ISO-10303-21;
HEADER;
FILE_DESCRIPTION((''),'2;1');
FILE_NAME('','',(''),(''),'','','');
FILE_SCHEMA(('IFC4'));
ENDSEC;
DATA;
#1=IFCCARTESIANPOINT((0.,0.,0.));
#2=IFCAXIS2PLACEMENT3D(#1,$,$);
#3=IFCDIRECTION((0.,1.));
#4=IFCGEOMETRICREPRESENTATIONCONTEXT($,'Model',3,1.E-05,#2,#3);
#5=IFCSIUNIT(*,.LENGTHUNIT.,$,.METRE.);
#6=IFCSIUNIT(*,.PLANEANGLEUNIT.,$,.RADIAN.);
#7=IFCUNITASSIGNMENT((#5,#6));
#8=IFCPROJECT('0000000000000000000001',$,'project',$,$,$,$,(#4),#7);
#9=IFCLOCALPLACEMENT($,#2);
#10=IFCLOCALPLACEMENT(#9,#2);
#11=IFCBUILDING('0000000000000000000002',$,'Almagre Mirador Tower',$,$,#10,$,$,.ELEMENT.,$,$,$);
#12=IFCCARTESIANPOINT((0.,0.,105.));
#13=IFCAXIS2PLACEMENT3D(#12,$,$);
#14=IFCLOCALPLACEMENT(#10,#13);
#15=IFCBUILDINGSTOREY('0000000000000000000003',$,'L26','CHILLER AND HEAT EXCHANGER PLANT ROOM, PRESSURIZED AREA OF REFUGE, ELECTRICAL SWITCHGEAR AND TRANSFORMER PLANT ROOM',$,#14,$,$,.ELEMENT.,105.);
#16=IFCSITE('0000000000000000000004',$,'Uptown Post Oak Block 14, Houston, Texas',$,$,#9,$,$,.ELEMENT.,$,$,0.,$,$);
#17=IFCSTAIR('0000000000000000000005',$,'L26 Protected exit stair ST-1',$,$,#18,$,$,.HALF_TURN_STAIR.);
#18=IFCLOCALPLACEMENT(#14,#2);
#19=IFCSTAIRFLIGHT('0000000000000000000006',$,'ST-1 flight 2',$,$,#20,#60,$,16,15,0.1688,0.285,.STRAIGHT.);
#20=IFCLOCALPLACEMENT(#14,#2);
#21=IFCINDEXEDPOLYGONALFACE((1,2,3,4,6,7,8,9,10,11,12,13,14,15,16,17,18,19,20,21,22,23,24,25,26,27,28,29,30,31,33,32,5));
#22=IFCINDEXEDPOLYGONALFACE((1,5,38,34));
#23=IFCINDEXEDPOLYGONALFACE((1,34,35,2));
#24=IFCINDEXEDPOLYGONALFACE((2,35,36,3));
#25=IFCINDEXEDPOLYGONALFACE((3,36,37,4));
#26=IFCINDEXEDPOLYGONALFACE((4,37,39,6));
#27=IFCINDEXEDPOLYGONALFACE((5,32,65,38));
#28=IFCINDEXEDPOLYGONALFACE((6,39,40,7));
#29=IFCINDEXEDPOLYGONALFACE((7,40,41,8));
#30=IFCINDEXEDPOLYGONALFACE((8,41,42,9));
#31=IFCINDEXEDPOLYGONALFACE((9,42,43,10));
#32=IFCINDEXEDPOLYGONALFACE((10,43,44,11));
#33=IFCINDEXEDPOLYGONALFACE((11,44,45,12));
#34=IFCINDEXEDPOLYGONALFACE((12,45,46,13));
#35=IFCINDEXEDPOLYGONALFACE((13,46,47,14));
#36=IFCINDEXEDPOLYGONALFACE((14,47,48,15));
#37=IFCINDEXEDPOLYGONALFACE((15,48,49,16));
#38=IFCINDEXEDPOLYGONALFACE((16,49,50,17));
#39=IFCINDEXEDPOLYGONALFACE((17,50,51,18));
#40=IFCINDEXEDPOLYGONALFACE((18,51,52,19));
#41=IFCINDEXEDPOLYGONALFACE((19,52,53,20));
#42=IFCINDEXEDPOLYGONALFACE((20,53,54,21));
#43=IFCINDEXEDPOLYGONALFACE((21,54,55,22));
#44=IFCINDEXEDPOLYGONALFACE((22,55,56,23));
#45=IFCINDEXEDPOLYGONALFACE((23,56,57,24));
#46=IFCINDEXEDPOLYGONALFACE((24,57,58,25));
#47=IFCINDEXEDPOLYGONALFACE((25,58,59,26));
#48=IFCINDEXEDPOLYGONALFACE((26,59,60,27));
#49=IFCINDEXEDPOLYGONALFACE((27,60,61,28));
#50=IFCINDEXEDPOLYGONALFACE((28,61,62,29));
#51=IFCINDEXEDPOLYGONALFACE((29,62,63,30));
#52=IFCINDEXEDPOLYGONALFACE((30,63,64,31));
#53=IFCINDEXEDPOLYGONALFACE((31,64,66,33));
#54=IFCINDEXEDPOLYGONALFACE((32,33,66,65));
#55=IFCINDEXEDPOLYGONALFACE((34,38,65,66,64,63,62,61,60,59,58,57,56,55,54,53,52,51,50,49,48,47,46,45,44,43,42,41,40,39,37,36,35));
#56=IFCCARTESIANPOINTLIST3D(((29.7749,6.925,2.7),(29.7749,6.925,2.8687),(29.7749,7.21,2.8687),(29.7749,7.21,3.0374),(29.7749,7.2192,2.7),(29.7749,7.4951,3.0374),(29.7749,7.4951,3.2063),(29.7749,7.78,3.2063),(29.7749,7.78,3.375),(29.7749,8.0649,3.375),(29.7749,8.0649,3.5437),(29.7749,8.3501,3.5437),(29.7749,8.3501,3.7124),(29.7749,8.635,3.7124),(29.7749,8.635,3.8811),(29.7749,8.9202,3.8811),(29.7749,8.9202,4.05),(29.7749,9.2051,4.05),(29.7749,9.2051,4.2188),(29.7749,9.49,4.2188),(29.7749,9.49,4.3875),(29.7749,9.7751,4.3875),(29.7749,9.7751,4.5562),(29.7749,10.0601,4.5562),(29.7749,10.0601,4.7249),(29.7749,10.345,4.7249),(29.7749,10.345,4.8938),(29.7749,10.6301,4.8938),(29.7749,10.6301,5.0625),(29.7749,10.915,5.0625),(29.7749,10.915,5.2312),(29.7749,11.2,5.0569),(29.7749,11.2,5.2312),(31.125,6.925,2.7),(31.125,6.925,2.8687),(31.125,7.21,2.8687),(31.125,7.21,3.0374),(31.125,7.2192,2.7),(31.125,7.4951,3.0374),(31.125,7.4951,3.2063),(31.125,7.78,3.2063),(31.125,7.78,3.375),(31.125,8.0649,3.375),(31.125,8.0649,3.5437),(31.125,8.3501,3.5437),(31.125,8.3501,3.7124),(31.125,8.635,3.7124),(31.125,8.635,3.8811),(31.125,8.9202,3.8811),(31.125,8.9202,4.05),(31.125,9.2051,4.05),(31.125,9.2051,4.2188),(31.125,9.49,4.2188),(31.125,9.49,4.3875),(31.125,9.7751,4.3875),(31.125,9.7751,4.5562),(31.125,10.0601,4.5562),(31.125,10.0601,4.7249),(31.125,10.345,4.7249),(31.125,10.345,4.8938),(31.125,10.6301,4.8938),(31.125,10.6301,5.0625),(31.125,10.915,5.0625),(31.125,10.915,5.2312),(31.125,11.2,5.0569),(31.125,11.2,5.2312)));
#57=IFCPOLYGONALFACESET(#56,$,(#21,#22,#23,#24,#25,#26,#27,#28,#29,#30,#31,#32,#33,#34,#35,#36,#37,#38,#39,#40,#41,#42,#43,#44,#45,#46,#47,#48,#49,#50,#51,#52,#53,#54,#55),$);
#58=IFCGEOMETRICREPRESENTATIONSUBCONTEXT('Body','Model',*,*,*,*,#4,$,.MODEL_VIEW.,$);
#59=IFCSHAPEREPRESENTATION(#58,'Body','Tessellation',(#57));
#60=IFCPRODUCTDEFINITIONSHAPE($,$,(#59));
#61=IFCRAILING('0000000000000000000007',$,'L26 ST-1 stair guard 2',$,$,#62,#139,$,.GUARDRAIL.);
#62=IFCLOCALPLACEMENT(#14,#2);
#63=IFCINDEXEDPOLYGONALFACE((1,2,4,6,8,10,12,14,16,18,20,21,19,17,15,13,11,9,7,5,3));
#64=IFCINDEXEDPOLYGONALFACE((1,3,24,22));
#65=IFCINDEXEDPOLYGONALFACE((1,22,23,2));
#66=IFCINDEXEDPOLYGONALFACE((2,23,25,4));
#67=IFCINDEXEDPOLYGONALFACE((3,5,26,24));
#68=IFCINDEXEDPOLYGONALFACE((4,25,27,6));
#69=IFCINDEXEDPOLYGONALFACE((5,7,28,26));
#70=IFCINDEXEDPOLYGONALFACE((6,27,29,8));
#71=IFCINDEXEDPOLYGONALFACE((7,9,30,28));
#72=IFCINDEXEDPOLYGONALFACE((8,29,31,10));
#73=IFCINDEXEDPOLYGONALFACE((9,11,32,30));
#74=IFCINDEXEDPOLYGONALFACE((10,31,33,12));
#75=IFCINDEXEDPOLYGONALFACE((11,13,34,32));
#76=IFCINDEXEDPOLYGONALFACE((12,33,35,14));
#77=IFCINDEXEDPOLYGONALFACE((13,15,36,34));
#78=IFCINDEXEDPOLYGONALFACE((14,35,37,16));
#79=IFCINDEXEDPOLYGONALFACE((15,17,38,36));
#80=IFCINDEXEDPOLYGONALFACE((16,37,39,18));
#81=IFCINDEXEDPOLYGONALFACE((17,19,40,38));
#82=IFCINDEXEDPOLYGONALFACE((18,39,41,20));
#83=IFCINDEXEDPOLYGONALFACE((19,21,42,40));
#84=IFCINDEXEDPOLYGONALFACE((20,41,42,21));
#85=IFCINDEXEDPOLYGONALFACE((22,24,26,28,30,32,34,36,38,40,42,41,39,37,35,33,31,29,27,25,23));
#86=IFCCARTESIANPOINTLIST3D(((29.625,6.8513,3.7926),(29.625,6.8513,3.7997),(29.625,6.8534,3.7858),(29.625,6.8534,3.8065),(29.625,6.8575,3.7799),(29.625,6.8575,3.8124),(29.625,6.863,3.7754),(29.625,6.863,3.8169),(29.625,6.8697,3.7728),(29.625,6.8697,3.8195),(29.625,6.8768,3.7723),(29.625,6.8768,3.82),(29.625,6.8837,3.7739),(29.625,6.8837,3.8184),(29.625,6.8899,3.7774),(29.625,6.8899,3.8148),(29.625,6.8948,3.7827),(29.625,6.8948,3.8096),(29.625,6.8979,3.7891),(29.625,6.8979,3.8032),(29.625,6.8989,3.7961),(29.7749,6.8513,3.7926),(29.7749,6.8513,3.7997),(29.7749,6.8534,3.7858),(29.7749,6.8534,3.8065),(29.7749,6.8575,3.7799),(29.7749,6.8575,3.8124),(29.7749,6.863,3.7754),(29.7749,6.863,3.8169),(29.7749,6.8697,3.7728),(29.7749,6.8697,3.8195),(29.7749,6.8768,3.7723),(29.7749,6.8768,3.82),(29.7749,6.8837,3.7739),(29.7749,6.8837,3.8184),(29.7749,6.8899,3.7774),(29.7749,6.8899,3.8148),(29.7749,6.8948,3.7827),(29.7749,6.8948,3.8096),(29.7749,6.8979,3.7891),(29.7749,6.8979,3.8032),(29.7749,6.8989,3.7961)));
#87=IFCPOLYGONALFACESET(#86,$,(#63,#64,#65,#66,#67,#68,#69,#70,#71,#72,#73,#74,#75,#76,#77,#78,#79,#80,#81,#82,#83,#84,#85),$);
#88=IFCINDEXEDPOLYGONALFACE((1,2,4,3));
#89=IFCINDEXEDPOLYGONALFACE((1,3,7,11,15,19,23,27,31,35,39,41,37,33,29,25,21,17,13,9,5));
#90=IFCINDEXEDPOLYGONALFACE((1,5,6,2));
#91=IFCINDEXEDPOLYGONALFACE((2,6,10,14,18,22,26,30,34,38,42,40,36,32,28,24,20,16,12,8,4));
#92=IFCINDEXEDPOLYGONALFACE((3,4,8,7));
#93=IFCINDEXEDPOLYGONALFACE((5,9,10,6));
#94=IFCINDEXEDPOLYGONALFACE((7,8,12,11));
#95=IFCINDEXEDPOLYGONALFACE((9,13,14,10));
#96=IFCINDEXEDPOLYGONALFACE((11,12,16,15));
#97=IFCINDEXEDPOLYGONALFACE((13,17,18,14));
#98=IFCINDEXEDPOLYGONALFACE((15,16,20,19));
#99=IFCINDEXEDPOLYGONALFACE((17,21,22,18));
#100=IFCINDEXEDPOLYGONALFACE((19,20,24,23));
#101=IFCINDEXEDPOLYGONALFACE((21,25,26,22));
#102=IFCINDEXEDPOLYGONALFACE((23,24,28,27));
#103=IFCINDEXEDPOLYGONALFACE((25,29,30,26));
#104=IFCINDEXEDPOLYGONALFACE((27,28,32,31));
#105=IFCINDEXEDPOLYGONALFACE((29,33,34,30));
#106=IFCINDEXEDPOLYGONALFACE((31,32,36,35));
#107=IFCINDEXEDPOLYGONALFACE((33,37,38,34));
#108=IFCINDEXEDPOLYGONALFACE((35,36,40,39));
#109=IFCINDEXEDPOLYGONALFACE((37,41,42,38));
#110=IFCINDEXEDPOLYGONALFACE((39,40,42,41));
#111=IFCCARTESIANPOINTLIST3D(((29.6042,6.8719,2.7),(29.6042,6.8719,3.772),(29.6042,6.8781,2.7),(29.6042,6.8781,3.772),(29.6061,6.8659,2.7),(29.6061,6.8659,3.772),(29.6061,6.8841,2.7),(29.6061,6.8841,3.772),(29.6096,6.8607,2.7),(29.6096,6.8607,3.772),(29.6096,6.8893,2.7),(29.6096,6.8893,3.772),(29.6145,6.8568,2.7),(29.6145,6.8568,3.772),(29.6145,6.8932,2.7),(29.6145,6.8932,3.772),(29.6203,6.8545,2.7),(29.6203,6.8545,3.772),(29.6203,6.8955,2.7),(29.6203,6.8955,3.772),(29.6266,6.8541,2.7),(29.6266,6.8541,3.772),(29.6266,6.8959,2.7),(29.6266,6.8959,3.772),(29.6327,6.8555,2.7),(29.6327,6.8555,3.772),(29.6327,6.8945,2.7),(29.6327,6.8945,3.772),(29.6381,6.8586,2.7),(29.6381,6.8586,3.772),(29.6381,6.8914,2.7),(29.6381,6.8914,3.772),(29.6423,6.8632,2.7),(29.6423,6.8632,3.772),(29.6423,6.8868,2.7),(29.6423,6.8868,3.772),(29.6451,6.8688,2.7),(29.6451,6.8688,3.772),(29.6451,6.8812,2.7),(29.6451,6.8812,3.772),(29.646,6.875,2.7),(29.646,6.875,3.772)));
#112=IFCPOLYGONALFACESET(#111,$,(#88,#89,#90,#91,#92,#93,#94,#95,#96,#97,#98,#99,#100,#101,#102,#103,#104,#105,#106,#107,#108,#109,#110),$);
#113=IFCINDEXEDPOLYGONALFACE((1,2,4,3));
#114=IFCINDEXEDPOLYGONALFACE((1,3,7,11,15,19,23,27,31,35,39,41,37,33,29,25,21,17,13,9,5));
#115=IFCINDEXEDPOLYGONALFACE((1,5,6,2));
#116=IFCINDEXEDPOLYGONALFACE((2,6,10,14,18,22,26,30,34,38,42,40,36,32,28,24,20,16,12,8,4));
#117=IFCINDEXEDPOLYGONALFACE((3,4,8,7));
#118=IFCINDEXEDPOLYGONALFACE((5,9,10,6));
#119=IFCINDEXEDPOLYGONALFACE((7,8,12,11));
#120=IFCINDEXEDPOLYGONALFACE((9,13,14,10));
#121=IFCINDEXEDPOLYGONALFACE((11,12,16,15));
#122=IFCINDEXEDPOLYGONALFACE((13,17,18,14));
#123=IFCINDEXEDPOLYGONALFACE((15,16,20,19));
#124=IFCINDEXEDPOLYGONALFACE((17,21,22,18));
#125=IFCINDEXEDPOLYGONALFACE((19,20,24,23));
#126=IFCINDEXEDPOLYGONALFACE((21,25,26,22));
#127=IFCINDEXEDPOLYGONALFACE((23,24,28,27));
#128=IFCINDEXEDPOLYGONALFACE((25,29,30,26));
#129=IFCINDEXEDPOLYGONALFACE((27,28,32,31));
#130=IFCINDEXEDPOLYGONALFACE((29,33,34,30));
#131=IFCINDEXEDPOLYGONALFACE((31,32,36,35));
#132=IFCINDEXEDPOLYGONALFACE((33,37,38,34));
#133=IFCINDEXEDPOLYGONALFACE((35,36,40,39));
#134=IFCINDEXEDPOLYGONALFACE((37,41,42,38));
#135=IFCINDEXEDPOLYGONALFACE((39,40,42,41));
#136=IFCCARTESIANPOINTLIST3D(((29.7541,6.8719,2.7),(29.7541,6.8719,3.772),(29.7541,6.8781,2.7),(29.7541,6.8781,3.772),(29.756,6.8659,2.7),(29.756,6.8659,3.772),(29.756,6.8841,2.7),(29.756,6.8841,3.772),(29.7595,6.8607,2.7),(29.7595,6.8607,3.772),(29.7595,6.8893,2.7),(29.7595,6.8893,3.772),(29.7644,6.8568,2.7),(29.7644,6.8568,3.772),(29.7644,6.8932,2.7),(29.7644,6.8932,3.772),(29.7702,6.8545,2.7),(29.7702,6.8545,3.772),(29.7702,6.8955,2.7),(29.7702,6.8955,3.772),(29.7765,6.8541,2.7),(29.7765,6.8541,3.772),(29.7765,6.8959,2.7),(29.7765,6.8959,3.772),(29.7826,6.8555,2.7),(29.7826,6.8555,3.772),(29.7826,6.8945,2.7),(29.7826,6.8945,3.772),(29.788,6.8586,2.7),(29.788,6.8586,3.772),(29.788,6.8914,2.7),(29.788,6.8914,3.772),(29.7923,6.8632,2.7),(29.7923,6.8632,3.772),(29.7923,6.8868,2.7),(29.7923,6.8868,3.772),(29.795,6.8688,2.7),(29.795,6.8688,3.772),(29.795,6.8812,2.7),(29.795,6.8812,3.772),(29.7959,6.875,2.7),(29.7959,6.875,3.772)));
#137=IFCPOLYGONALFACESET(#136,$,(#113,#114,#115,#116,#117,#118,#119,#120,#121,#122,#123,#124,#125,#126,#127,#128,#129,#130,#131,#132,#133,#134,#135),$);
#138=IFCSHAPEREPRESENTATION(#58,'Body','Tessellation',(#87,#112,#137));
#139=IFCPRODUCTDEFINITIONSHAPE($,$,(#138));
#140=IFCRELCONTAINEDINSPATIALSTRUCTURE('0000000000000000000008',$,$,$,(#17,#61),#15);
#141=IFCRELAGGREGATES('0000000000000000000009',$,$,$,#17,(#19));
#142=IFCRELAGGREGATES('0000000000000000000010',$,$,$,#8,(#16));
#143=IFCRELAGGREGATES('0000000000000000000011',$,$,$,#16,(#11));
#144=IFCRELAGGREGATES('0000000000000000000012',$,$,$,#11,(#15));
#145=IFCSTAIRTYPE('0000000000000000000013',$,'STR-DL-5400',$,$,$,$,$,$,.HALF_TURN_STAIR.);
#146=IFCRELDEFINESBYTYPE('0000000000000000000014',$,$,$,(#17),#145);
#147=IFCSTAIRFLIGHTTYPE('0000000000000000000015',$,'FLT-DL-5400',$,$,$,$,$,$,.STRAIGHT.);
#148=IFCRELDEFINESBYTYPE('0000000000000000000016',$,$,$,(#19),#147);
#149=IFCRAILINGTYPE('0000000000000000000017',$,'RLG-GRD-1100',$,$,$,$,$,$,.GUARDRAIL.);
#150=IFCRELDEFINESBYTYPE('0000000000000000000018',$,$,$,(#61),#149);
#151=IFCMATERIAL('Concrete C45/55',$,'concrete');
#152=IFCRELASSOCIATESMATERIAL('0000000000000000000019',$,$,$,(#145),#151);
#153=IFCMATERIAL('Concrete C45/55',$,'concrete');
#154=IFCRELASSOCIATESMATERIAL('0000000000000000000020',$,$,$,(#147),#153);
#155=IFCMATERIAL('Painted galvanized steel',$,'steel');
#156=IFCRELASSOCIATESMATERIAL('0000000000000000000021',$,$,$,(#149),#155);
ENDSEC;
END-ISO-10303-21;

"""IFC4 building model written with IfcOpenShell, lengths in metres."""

from ifc_helpers import new_model, si_unit, direction, frame, origin, origin_2d, place, context, subcontext, project, spatial, polyline, circle, outline, extrude, material, type_object, element, aggregate, save


model = new_model("IFC4")

# Units and contexts
model_context = context("Model", 3, precision=1e-05, world=origin(), true_north=direction((0.0, 1.0)))
body_context = subcontext(model_context, "Body", "Model", "MODEL_VIEW")
ifc_project = project(units=[si_unit("LENGTHUNIT", "METRE"), si_unit("PLANEANGLEUNIT", "RADIAN")], contexts=[model_context])

# Site, building, storey
site_placement = place(None, origin())
site = spatial("IfcSite", under=ifc_project, at=site_placement, Name="Uptown Post Oak Block 14, Houston, Texas", CompositionType="ELEMENT", RefElevation=0.0)
building_placement = place(site_placement, origin())
building = spatial("IfcBuilding", under=site, at=building_placement, Name="Almagre Mirador Tower", CompositionType="ELEMENT")
storey_placement = place(building_placement, frame((0.0, 0.0, 105.0)))
storey = spatial("IfcBuildingStorey", under=building, at=storey_placement, Name="L26", Description="CHILLER AND HEAT EXCHANGER PLANT ROOM, PRESSURIZED AREA OF REFUGE, ELECTRICAL SWITCHGEAR AND TRANSFORMER PLANT ROOM", CompositionType="ELEMENT", Elevation=105.0)

# Stair, stair flight
ifc_material_1 = material(Name="Concrete C45/55", Category="concrete")
stair_type = type_object("IfcStairType", Name="STR-DL-5400", PredefinedType="HALF_TURN_STAIR", material=ifc_material_1)
stair_placement = place(storey_placement, origin())
stair = element("IfcStair", 1, at=stair_placement, inside=storey, type_object=stair_type, Name="L26 Protected exit stair ST-1", PredefinedType="HALF_TURN_STAIR")
ifc_material_2 = material(Name="Concrete C45/55", Category="concrete")
stair_flight_type = type_object("IfcStairFlightType", Name="FLT-DL-5400", PredefinedType="STRAIGHT", material=ifc_material_2)
stair_flight_placement = place(storey_placement, frame((30.45, 6.925, 2.7), z_axis=(0.0, 0.0, 1.0), x_axis=(0.0, 1.0, 0.0)))
stair_flight = element("IfcStairFlight", 2, at=stair_flight_placement, type_object=stair_flight_type, Name="ST-1 flight 2", NumberOfRisers=16, NumberOfTreads=15, PredefinedType="STRAIGHT", RiserHeight=0.1688, TreadLength=0.285, context=body_context, shape_type="SweptSolid", body=[
    extrude(outline(polyline([(0.0, 0.0), (0.0, 0.1687), (0.2849, 0.1687), (0.2849, 0.3374), (0.5701, 0.3374), (0.5701, 0.5063), (0.855, 0.5063), (0.855, 0.675), (1.1399, 0.675), (1.1399, 0.8438), (1.425, 0.8438), (1.425, 1.0125), (1.71, 1.0125), (1.71, 1.1812), (1.9951, 1.1812), (1.9951, 1.3501), (2.28, 1.3501), (2.28, 1.5188), (2.5649, 1.5188), (2.5649, 1.6875), (2.8501, 1.6875), (2.8501, 1.8562), (3.135, 1.8562), (3.135, 2.0249), (3.4199, 2.0249), (3.4199, 2.1938), (3.7051, 2.1938), (3.7051, 2.3625), (3.99, 2.3625), (3.99, 2.5312), (4.2749, 2.5312), (4.2749, 2.7), (4.2749, 2.3569), (0.2942, 0.0), (0.0, 0.0)])), frame((0.0, 0.675, 0.0), z_axis=(0.0, -1.0, 0.0), x_axis=(1.0, 0.0, 0.0)), (0.0, 0.0, 1.0), 1.3501),
])
aggregate(stair, [stair_flight])

# Railing
ifc_material_3 = material(Name="Painted galvanized steel", Category="steel")
railing_type_1 = type_object("IfcRailingType", Name="RLG-GRD-1100", PredefinedType="GUARDRAIL", material=ifc_material_3)
railing_1_placement = place(storey_placement, frame((29.625, 6.875, 2.7)))
element("IfcRailing", 3, at=railing_1_placement, inside=storey, type_object=railing_type_1, Name="L26 ST-1 stair guard 2", PredefinedType="GUARDRAIL", context=body_context, shape_type="SweptSolid", body=[
    extrude(circle(Radius=0.0239, at=origin_2d()), frame((0.0, 0.0, 1.0962), z_axis=(1.0, 0.0, 0.0), x_axis=(0.0, 1.0, 0.0)), (0.0, 0.0, 1.0), 0.1499),
    extrude(circle(Radius=0.021, at=origin_2d()), origin(), (0.0, 0.0, 1.0), 1.072),
    extrude(circle(Radius=0.021, at=origin_2d()), frame((0.1499, 0.0, 0.0)), (0.0, 0.0, 1.0), 1.072),
])

save(model, "model.ifc")
